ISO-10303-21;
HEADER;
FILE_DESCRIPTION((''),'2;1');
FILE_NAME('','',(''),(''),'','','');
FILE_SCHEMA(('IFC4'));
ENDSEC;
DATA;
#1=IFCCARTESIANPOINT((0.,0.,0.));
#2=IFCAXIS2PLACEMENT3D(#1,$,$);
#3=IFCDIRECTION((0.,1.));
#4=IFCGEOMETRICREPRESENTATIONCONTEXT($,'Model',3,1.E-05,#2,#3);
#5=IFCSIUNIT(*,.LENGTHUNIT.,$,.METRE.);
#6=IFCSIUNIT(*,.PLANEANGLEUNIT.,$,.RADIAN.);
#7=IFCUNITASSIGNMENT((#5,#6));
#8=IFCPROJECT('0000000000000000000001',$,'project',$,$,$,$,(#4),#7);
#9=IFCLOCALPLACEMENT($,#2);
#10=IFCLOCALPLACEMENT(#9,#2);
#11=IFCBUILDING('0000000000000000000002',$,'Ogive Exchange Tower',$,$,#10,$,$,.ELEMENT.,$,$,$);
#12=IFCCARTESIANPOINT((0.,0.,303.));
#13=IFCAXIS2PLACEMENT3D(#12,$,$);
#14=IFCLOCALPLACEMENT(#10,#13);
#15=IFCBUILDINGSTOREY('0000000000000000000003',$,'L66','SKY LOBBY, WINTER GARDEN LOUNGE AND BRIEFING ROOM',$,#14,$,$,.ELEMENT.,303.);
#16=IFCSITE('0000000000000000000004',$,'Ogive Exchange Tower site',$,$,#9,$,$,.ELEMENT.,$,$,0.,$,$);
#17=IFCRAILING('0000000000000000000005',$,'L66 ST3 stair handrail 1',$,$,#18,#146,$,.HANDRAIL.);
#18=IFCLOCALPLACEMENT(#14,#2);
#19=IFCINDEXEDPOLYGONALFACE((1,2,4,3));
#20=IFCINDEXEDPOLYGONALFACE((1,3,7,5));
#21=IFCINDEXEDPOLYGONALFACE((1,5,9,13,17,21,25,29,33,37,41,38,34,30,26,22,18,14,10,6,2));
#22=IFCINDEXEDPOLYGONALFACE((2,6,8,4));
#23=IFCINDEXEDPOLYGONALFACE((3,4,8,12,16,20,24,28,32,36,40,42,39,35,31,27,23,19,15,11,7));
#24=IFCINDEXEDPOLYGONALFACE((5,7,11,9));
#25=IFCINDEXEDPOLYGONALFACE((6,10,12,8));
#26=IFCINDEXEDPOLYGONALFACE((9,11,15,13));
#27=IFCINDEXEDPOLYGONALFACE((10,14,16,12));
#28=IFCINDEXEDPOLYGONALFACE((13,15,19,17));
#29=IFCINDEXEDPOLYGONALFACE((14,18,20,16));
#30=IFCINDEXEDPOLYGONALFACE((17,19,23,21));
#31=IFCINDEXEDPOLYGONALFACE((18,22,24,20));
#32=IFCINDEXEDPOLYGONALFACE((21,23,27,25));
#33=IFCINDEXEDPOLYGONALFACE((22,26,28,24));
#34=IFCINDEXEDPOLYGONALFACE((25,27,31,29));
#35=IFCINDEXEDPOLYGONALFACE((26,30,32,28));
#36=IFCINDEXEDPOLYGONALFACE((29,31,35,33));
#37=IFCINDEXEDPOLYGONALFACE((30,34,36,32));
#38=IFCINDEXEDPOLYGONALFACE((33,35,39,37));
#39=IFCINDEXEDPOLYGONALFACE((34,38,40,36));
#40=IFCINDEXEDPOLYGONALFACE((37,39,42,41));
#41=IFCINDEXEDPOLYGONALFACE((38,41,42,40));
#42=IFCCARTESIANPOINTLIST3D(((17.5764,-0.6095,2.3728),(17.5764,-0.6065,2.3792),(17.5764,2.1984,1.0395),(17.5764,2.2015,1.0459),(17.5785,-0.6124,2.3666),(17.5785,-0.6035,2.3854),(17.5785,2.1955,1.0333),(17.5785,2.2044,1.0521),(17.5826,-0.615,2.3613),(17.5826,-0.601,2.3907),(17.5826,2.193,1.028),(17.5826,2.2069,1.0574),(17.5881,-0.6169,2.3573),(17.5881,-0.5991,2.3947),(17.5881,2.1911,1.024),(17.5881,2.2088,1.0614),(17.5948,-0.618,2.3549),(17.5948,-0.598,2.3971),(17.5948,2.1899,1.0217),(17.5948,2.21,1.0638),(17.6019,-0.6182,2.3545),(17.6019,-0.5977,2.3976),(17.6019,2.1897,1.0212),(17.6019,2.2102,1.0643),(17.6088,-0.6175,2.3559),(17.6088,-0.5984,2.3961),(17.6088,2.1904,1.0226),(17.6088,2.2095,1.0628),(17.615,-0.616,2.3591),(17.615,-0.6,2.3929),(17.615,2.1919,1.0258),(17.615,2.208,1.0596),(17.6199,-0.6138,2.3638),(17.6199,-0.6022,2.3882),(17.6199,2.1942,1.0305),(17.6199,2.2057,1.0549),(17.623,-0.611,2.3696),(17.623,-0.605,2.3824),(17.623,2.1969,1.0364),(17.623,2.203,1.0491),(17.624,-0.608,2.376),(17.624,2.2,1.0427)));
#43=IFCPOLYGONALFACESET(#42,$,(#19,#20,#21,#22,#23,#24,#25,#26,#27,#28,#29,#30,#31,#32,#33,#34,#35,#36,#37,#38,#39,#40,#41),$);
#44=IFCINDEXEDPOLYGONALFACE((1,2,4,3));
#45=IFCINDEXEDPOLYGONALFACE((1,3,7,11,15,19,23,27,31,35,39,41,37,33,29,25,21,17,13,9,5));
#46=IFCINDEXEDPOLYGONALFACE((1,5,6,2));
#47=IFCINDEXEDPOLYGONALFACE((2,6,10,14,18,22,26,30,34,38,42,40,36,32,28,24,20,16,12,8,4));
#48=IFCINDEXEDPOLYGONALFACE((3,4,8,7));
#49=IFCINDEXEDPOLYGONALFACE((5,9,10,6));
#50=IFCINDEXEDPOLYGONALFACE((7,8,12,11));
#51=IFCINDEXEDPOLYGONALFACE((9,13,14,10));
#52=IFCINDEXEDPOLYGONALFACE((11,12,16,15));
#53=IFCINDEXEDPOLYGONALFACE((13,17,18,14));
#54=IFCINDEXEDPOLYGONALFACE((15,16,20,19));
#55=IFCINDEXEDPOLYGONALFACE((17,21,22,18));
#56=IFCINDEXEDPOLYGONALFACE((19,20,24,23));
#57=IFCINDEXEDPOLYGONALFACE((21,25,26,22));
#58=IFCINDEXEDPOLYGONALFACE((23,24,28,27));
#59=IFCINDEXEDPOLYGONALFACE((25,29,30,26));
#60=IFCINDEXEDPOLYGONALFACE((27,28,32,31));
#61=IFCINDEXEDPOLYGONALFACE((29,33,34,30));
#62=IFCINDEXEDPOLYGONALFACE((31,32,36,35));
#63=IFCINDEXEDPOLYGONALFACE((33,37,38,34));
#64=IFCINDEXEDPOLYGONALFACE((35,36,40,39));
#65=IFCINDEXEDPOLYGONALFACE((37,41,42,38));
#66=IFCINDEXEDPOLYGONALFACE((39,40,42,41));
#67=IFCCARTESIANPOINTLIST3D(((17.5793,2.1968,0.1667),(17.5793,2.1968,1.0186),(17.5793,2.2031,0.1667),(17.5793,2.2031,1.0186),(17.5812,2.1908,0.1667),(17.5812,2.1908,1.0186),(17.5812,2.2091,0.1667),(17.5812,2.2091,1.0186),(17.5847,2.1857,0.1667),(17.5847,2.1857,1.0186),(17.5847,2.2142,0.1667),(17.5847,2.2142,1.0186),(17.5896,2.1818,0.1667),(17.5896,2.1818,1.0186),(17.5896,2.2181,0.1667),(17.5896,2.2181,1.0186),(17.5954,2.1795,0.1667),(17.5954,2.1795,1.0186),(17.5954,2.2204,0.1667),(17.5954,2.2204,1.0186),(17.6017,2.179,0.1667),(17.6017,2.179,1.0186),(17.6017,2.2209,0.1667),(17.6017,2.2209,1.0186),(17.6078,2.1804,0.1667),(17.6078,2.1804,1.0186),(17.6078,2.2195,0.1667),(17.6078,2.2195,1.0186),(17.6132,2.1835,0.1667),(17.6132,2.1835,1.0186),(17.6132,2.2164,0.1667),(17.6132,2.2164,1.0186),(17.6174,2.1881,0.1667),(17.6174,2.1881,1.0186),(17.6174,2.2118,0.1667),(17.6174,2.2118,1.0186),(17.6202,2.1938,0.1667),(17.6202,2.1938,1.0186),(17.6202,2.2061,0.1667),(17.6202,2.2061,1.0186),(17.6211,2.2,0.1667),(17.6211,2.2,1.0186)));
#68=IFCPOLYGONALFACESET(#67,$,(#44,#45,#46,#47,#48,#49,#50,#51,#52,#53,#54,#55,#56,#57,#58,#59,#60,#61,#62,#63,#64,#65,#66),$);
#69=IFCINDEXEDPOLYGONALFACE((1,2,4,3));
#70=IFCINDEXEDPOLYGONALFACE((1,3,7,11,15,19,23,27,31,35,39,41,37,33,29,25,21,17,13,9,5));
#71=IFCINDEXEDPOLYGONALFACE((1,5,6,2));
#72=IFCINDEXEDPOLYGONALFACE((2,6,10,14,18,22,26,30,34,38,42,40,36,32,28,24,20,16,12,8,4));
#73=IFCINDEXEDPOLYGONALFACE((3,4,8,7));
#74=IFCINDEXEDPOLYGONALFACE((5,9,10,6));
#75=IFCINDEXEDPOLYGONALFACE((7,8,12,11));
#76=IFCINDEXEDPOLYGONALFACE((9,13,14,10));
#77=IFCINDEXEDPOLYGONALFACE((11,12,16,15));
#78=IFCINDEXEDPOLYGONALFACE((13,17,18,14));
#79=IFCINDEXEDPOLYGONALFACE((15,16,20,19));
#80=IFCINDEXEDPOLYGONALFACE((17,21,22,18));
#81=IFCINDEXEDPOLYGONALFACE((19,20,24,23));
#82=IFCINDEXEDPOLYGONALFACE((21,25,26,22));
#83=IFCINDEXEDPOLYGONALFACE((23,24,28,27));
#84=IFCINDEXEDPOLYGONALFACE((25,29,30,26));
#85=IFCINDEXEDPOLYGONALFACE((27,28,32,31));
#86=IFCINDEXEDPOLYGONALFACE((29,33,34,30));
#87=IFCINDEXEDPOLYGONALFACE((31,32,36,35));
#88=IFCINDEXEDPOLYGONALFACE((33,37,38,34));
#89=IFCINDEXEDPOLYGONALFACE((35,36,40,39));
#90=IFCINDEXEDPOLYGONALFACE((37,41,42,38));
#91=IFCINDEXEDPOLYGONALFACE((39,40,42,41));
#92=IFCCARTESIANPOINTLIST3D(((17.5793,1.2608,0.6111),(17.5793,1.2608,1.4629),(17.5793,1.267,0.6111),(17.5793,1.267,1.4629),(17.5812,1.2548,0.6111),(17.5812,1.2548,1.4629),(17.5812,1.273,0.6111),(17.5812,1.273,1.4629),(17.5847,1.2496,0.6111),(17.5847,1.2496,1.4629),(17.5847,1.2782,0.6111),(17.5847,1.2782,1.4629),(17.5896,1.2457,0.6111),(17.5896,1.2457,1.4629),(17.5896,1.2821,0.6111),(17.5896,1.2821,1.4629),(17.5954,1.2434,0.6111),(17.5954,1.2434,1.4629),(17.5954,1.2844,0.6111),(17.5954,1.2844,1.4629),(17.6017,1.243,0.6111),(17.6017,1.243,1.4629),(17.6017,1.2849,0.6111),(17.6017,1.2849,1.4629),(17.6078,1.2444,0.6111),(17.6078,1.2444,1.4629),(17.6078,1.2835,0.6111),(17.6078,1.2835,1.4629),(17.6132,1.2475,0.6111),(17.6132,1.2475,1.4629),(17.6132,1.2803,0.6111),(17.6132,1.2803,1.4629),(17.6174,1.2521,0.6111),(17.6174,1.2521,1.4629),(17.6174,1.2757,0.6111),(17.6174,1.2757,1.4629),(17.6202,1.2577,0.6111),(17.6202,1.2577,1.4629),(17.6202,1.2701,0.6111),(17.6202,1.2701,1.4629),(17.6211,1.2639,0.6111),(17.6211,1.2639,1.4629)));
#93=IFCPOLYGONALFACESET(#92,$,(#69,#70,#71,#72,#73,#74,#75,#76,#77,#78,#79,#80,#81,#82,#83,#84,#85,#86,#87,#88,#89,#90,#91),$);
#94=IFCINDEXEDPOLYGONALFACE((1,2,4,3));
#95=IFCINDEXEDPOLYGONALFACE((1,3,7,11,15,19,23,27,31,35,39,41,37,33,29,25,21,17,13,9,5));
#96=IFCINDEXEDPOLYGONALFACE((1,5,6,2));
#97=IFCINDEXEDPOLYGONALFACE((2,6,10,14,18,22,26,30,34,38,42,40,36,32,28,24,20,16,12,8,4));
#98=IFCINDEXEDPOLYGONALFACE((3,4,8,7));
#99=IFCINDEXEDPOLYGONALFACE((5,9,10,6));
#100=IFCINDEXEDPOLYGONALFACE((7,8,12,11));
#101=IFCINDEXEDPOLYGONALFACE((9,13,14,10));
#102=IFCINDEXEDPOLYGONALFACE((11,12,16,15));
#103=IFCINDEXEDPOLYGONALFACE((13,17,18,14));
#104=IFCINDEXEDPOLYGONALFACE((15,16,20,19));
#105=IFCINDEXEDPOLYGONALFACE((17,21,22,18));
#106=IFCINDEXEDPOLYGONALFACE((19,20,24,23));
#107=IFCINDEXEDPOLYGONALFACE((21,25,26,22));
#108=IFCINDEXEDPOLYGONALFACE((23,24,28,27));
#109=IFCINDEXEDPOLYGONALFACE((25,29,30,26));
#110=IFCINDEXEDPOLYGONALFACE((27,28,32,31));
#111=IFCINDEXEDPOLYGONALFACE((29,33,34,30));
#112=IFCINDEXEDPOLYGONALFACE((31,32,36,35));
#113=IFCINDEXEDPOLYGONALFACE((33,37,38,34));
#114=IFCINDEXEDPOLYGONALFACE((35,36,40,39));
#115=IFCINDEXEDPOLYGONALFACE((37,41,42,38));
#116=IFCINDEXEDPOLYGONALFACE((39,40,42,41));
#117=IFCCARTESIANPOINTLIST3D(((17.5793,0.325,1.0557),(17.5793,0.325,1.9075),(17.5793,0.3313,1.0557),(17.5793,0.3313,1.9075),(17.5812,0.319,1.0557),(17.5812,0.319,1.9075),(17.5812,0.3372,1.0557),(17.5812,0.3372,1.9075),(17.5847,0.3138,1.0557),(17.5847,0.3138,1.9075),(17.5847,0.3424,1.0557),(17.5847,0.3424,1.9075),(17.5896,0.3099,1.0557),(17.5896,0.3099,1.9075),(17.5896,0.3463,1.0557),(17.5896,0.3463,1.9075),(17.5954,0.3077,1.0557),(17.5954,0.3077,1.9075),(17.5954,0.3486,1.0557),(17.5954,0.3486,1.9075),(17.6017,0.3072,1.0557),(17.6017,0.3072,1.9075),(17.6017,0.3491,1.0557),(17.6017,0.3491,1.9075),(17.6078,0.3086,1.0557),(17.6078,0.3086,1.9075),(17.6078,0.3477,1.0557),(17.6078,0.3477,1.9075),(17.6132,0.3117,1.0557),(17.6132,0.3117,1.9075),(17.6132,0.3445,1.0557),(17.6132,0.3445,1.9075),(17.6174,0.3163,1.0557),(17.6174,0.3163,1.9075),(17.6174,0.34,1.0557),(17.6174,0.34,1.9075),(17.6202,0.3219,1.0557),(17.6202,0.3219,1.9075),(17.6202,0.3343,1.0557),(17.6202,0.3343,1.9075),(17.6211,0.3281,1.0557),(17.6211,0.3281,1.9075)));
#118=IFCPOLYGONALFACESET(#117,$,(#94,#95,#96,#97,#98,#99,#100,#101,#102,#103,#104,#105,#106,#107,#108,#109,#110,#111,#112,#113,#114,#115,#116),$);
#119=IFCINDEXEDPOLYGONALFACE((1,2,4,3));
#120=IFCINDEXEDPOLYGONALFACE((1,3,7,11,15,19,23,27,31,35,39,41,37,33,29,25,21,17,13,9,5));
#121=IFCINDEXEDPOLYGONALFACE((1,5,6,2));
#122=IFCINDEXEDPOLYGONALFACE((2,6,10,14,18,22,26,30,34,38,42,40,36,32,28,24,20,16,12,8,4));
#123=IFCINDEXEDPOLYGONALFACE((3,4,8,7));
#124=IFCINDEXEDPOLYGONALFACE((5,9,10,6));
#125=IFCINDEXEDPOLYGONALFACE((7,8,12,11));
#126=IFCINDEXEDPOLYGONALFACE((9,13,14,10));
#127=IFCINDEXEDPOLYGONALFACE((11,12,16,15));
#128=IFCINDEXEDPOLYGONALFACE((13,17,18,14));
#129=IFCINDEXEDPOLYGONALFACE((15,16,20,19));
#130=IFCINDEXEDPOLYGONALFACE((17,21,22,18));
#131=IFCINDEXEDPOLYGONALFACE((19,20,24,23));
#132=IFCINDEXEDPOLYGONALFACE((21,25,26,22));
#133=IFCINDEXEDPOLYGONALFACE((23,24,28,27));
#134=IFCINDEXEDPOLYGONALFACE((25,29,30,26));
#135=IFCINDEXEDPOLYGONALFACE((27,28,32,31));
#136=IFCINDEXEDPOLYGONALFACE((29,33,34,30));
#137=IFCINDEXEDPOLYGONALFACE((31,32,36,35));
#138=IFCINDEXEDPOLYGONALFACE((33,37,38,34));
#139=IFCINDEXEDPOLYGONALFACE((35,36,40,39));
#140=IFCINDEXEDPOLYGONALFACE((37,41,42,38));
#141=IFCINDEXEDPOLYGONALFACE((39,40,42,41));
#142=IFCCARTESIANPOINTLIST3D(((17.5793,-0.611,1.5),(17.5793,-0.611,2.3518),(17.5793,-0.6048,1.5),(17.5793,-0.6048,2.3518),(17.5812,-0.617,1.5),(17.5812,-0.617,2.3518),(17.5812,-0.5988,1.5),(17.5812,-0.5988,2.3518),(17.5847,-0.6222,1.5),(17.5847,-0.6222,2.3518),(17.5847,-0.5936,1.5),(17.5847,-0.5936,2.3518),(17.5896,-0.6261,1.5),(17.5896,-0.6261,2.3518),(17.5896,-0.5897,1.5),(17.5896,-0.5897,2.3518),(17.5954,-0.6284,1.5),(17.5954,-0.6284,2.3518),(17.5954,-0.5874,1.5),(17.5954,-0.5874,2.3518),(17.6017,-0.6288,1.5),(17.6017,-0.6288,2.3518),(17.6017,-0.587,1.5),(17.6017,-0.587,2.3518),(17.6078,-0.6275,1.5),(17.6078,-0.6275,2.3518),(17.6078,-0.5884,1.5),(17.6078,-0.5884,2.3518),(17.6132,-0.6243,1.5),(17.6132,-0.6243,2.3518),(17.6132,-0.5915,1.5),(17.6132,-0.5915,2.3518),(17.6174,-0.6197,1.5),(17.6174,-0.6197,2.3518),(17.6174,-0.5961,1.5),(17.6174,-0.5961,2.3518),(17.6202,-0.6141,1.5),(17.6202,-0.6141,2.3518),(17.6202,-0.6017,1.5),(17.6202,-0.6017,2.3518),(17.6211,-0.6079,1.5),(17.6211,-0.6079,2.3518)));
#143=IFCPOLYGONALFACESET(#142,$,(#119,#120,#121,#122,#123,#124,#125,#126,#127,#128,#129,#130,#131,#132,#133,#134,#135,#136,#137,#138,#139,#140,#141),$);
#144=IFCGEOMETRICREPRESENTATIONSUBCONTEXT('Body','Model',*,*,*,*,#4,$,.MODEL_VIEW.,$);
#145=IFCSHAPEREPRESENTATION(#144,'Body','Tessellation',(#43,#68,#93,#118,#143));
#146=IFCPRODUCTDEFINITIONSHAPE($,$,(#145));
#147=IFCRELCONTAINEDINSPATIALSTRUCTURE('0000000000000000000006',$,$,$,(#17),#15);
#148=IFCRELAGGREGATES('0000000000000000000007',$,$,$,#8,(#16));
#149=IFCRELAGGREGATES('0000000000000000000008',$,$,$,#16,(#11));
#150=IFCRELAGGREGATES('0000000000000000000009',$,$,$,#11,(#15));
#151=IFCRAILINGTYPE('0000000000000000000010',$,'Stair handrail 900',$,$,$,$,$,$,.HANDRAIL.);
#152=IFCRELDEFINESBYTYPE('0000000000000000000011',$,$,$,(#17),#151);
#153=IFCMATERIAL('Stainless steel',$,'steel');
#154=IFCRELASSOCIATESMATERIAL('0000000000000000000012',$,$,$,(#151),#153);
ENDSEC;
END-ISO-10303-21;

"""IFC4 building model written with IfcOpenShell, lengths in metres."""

from ifc_helpers import new_model, si_unit, direction, frame, origin, origin_2d, place, context, subcontext, project, spatial, circle, extrude, material, type_object, element, save


model = new_model("IFC4")

# Units and contexts
model_context = context("Model", 3, precision=1e-05, world=origin(), true_north=direction((0.0, 1.0)))
body_context = subcontext(model_context, "Body", "Model", "MODEL_VIEW")
ifc_project = project(units=[si_unit("LENGTHUNIT", "METRE"), si_unit("PLANEANGLEUNIT", "RADIAN")], contexts=[model_context])

# Site, building, storey
site_placement = place(None, origin())
site = spatial("IfcSite", under=ifc_project, at=site_placement, Name="Ogive Exchange Tower site", CompositionType="ELEMENT", RefElevation=0.0)
building_placement = place(site_placement, origin())
building = spatial("IfcBuilding", under=site, at=building_placement, Name="Ogive Exchange Tower", CompositionType="ELEMENT")
storey_placement = place(building_placement, frame((0.0, 0.0, 303.0)))
storey = spatial("IfcBuildingStorey", under=building, at=storey_placement, Name="L66", Description="SKY LOBBY, WINTER GARDEN LOUNGE AND BRIEFING ROOM", CompositionType="ELEMENT", Elevation=303.0)

# Railing
ifc_material_1 = material(Name="Stainless steel", Category="steel")
railing_type = type_object("IfcRailingType", Name="Stair handrail 900", PredefinedType="HANDRAIL", material=ifc_material_1)
railing_1_placement = place(storey_placement, frame((17.6001, 2.2, 0.1667)))
element("IfcRailing", 1, at=railing_1_placement, inside=storey, type_object=railing_type, Name="L66 ST3 stair handrail 1", PredefinedType="HANDRAIL", context=body_context, shape_type="SweptSolid", body=[
    extrude(circle(Radius=0.0239, at=origin_2d()), frame((0.0, 0.0, 0.876), z_axis=(0.0, -0.903338, 0.42893), x_axis=(1.0, 0.0, 0.0)), (0.0, 0.0, 1.0), 3.1084),
    extrude(circle(Radius=0.021, at=origin_2d()), origin(), (0.0, 0.0, 1.0), 0.8518),
    extrude(circle(Radius=0.021, at=origin_2d()), frame((0.0, -0.936, 0.4443)), (0.0, 0.0, 1.0), 0.8518),
    extrude(circle(Radius=0.021, at=origin_2d()), frame((0.0, -1.8718, 0.8889)), (0.0, 0.0, 1.0), 0.8518),
    extrude(circle(Radius=0.021, at=origin_2d()), frame((0.0, -2.8079, 1.3333)), (0.0, 0.0, 1.0), 0.8518),
])

save(model, "model.ifc")
